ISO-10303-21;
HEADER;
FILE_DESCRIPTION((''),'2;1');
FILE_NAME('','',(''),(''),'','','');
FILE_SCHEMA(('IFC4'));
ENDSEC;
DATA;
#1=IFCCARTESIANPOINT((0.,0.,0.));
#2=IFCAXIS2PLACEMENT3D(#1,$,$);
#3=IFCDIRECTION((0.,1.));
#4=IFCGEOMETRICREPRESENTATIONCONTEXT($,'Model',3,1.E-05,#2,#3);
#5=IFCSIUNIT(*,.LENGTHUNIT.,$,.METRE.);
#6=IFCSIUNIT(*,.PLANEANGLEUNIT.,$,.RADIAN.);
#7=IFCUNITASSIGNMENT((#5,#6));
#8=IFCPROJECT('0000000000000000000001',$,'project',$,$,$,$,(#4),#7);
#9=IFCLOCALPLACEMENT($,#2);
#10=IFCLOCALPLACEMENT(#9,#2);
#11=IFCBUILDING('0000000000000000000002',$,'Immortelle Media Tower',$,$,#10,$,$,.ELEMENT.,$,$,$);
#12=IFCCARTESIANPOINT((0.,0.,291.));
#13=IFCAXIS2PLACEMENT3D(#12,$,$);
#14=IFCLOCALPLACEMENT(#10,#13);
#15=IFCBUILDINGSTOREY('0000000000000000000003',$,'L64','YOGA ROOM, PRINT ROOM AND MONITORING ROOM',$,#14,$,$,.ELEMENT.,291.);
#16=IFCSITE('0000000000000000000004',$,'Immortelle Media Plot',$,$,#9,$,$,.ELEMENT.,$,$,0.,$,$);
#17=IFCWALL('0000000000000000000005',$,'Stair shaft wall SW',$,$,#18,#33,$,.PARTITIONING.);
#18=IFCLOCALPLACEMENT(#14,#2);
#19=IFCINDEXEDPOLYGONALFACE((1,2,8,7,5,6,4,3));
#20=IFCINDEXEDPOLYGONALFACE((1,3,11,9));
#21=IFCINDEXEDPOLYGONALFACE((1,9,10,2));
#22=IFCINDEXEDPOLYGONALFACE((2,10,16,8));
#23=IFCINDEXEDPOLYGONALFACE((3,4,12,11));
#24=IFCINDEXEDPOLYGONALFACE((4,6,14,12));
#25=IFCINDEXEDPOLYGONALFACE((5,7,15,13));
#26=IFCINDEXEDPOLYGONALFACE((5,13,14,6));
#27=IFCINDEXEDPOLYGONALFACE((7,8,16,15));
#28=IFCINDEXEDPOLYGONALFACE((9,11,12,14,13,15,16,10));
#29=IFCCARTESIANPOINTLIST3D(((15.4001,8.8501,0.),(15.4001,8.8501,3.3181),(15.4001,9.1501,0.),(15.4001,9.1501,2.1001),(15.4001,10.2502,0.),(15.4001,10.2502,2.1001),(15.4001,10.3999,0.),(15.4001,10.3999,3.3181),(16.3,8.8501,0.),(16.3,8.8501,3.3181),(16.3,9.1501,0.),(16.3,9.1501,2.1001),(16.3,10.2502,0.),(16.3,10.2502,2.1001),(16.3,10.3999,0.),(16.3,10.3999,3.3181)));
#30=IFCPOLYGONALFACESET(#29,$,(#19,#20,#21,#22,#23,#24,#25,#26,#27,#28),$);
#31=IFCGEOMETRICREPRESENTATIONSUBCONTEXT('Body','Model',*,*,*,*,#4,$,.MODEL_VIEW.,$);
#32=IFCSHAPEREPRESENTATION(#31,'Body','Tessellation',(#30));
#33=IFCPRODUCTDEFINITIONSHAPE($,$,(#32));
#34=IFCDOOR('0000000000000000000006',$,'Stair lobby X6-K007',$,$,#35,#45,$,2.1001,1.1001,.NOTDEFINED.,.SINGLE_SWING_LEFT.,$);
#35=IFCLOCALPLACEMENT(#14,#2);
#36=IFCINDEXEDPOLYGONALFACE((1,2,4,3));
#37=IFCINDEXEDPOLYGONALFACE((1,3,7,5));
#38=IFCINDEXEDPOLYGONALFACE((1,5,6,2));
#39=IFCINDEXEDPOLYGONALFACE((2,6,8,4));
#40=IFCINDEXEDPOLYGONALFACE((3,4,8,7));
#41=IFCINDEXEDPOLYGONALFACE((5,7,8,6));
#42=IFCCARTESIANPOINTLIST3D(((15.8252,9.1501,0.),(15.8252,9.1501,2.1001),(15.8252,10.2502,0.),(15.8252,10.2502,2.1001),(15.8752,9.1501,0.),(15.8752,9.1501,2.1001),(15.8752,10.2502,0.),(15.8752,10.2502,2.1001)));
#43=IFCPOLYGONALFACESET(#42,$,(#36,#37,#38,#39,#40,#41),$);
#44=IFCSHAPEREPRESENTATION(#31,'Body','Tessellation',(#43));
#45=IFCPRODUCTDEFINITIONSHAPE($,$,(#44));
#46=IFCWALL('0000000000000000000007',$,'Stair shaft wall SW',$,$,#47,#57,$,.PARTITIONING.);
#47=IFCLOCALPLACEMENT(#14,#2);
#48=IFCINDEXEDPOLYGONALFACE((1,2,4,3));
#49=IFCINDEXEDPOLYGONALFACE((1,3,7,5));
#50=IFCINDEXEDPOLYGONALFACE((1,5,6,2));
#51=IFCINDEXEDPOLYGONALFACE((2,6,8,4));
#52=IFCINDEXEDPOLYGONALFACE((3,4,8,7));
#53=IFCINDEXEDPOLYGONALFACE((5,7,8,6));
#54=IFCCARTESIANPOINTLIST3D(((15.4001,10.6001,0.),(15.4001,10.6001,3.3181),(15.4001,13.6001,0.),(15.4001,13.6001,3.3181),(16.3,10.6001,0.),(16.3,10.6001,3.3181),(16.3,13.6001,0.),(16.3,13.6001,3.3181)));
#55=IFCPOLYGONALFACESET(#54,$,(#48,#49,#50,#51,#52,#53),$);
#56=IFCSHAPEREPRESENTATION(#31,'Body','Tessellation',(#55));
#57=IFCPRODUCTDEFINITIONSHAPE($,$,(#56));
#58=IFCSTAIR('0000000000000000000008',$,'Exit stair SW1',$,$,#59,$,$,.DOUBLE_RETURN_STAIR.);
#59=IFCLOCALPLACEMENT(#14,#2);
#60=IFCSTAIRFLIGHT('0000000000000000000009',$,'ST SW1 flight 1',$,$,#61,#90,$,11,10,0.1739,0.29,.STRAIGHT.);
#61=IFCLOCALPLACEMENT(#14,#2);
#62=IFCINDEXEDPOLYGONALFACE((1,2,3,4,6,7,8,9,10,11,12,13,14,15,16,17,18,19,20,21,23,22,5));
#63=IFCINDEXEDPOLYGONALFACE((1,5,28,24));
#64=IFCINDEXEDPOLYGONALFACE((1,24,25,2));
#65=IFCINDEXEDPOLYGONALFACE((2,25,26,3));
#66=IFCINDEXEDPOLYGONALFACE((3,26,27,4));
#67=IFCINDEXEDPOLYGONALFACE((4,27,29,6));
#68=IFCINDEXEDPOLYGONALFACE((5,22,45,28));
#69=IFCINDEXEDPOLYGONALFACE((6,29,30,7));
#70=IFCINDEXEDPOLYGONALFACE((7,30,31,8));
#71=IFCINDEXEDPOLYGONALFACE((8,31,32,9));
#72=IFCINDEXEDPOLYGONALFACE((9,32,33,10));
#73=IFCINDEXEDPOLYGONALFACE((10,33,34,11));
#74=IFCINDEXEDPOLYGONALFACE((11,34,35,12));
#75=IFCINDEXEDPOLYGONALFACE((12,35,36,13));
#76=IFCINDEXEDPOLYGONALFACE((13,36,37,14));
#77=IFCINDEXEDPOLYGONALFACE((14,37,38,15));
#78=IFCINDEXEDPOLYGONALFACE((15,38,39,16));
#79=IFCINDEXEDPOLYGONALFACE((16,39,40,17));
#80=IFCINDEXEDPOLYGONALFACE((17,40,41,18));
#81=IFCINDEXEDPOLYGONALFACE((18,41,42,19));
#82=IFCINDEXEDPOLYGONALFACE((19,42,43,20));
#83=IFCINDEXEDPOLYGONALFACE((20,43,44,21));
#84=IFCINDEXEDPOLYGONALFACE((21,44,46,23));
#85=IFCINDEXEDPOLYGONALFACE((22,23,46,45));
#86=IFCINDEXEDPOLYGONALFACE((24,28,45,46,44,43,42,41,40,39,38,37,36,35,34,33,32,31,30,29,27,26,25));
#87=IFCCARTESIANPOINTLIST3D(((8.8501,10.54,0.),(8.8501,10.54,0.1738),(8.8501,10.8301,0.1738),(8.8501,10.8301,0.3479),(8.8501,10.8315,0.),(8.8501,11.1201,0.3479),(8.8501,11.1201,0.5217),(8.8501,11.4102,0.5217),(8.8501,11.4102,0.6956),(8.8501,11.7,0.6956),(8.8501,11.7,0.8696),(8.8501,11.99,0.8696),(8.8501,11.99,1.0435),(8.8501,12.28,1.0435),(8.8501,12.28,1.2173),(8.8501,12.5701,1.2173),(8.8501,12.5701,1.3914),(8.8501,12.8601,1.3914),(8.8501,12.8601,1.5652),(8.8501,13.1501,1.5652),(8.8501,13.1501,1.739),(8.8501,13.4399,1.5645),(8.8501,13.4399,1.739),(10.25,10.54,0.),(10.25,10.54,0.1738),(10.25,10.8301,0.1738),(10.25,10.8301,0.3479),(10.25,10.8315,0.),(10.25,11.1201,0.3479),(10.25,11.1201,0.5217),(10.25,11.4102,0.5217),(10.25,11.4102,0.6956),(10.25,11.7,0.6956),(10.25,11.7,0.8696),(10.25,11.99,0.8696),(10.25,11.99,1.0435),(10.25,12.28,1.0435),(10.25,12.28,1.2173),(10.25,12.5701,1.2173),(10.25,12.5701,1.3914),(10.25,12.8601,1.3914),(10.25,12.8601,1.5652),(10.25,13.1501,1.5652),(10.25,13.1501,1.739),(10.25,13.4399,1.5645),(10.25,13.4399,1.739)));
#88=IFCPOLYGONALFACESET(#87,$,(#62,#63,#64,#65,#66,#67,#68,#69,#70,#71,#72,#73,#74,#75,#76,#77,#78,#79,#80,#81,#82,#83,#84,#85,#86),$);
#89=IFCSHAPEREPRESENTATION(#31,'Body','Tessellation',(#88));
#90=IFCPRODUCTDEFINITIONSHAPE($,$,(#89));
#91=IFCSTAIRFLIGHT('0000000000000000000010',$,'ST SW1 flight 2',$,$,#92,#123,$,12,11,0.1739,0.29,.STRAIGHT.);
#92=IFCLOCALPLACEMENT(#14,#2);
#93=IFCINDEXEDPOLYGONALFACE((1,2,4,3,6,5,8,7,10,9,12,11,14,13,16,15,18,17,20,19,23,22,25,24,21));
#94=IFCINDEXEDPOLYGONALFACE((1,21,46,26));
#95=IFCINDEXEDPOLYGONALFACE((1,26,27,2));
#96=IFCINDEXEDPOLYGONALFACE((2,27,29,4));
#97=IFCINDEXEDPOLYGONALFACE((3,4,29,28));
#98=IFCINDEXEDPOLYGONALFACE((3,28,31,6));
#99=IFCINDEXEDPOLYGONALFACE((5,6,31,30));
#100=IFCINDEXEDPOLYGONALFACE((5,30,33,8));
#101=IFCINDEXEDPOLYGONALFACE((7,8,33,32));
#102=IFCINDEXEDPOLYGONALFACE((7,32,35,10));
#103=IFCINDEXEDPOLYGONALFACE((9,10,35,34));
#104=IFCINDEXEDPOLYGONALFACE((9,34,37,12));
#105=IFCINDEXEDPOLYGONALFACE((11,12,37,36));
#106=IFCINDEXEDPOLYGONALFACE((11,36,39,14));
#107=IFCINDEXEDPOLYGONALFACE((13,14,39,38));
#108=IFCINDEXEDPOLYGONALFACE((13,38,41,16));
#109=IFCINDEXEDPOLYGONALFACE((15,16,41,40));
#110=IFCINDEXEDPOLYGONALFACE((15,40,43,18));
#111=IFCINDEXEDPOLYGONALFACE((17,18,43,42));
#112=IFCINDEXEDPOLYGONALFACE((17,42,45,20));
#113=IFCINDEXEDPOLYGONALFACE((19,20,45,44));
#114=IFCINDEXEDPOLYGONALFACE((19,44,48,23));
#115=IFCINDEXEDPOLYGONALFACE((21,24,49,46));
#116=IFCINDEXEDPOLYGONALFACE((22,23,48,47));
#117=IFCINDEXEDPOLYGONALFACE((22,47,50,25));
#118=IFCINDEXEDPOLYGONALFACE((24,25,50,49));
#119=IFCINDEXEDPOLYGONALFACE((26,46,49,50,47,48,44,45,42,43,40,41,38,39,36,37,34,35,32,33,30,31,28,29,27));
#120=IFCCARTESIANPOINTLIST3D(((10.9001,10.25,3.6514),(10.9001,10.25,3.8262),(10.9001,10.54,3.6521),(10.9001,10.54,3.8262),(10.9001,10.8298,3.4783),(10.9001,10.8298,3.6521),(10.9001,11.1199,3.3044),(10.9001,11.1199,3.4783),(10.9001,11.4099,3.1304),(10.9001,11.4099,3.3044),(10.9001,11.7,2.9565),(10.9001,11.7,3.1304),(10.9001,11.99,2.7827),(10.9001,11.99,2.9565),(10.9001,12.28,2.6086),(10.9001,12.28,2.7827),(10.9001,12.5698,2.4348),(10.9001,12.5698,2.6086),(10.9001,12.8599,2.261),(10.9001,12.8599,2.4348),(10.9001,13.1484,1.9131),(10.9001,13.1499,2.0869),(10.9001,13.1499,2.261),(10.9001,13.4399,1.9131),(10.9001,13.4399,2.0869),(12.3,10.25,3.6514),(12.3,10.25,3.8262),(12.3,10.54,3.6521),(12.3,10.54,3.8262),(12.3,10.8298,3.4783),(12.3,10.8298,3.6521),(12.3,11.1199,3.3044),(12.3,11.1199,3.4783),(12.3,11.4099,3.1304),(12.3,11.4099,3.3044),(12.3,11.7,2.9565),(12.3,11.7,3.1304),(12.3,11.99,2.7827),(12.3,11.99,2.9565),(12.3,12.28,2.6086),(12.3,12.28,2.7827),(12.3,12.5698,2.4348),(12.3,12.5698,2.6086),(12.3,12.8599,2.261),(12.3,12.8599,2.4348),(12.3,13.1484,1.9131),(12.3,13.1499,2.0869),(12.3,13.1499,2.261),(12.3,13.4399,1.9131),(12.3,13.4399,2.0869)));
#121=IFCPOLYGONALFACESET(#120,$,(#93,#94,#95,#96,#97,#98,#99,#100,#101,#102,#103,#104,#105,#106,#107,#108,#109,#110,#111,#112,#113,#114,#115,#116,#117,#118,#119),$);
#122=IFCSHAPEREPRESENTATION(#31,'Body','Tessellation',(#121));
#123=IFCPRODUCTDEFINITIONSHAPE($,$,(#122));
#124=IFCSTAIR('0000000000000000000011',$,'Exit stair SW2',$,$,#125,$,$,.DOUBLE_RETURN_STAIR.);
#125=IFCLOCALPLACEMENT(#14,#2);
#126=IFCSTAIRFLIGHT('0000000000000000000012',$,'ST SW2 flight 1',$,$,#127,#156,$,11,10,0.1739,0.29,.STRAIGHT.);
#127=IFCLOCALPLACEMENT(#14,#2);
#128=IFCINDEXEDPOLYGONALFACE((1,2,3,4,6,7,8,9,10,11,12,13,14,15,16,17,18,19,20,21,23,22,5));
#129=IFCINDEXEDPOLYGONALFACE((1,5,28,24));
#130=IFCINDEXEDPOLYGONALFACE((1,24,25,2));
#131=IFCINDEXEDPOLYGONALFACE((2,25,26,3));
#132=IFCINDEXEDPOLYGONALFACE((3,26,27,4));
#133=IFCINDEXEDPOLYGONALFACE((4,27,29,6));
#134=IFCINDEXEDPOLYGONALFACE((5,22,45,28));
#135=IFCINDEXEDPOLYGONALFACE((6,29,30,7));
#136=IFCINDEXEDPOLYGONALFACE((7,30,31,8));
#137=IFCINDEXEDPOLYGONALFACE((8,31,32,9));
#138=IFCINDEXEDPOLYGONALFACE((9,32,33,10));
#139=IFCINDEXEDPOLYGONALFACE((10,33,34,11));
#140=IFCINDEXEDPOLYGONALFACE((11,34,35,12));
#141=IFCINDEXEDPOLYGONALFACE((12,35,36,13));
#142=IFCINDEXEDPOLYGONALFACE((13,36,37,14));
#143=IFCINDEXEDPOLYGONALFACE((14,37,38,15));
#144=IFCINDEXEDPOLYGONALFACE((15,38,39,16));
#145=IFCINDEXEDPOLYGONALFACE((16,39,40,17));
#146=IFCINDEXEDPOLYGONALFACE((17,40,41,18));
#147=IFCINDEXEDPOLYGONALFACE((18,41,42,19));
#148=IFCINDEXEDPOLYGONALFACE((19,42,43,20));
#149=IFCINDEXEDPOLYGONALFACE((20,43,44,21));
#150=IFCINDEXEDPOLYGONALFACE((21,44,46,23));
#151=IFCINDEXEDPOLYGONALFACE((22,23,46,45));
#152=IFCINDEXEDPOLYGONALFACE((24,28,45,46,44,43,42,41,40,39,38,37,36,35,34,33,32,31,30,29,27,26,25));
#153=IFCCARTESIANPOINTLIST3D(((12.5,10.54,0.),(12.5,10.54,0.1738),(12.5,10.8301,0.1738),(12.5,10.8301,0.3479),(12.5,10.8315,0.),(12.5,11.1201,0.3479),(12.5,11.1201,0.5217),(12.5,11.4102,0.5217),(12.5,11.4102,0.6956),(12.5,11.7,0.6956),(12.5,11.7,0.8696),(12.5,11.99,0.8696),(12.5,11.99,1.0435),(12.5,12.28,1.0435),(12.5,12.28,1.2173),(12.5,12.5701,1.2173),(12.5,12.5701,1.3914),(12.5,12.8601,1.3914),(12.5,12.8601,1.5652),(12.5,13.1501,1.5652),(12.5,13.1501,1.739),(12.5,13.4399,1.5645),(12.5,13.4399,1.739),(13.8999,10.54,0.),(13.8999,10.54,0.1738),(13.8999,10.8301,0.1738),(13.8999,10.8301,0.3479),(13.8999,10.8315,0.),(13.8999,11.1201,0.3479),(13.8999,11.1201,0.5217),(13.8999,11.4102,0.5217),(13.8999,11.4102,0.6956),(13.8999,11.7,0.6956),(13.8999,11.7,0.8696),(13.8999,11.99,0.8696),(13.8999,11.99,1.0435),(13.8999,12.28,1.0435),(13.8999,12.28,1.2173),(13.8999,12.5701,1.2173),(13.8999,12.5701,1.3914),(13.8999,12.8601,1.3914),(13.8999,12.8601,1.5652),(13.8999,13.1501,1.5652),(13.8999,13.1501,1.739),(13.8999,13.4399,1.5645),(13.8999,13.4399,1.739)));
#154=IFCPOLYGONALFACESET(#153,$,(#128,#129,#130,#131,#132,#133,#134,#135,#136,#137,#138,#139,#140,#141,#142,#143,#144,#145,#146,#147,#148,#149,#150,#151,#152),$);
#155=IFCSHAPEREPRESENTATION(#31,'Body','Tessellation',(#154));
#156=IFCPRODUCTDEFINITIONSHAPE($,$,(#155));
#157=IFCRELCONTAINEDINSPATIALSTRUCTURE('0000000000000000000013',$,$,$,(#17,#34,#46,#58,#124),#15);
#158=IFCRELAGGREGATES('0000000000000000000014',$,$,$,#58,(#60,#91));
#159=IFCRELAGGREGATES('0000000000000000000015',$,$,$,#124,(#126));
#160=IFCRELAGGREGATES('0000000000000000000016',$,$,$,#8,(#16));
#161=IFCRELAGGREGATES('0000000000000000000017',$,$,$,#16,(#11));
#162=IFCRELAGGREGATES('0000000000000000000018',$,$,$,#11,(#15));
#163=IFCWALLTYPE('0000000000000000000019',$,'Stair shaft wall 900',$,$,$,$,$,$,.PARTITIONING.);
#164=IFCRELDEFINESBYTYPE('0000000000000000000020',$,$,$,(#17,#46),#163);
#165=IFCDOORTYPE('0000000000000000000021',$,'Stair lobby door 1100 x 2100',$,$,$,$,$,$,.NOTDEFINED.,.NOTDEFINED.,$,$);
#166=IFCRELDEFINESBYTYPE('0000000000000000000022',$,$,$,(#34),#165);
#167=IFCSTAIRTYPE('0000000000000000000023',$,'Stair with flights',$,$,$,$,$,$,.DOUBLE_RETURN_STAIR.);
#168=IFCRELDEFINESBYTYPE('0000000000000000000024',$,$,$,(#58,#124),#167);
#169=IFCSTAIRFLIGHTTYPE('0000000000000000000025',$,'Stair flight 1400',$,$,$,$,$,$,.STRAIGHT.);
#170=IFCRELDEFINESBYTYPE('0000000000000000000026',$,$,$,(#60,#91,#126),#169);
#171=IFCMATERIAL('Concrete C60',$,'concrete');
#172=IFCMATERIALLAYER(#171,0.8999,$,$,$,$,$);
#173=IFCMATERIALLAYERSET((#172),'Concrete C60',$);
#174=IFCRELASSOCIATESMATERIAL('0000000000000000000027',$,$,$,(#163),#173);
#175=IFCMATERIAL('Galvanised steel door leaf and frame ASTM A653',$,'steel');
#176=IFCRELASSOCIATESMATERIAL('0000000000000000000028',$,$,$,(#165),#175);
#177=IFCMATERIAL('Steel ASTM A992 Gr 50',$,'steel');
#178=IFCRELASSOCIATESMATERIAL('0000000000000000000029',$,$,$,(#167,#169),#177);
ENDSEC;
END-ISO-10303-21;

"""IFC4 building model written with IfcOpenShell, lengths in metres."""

from ifc_helpers import new_model, si_unit, direction, frame, frame_2d, origin, place, context, subcontext, project, spatial, polyline, rectangle, outline, extrude, material, layer, layer_set, type_object, element, fill, aggregate, save


model = new_model("IFC4")

# Units and contexts
model_context = context("Model", 3, precision=1e-05, world=origin(), true_north=direction((0.0, 1.0)))
body_context = subcontext(model_context, "Body", "Model", "MODEL_VIEW")
ifc_project = project(units=[si_unit("LENGTHUNIT", "METRE"), si_unit("PLANEANGLEUNIT", "RADIAN")], contexts=[model_context])

# Site, building, storey
site_placement = place(None, origin())
site = spatial("IfcSite", under=ifc_project, at=site_placement, Name="Immortelle Media Plot", CompositionType="ELEMENT", RefElevation=0.0)
building_placement = place(site_placement, origin())
building = spatial("IfcBuilding", under=site, at=building_placement, Name="Immortelle Media Tower", CompositionType="ELEMENT")
storey_placement = place(building_placement, frame((0.0, 0.0, 291.0)))
storey = spatial("IfcBuildingStorey", under=building, at=storey_placement, Name="L64", Description="YOGA ROOM, PRINT ROOM AND MONITORING ROOM", CompositionType="ELEMENT", Elevation=291.0)

# Shared definitions
ifc_material_1 = material(Name="Steel ASTM A992 Gr 50", Category="steel")

# Shared definitions
ifc_material_2 = material(Name="Concrete C60", Category="concrete")

# Shared definitions
ifc_material_3 = material(Name="Galvanised steel door leaf and frame ASTM A653", Category="steel")

# Wall, opening, door
ifc_layer_1 = layer(ifc_material_2, 0.8999)
ifc_layer_set_1 = layer_set([ifc_layer_1], Name="Concrete C60")
wall_type_1 = type_object("IfcWallType", Name="Stair shaft wall 900", PredefinedType="PARTITIONING", material=ifc_layer_set_1)
wall_1_placement = place(storey_placement, frame((15.8501, 8.8501, 0.0), z_axis=(0.0, 0.0, 1.0), x_axis=(0.0, 1.0, 0.0)))
wall_1 = element("IfcWall", 1, at=wall_1_placement, inside=storey, type_object=wall_type_1, Name="Stair shaft wall SW", PredefinedType="PARTITIONING", context=body_context, shape_type="SweptSolid", body=[
    extrude(rectangle(XDim=1.5498, YDim=0.8999, at=frame_2d((0.7749, 0.0))), origin(), (0.0, 0.0, 1.0), 3.3181),
])
opening_1_placement = place(wall_1_placement, frame((0.3, 0.0, 0.0)))
opening_1 = element("IfcOpeningElement", 2, at=opening_1_placement, cuts=wall_1, PredefinedType="OPENING", context=body_context, shape_type="SweptSolid", body=[
    extrude(rectangle(XDim=1.1001, YDim=2.1001, at=frame_2d((0.55, 1.05))), frame((0.0, 0.46, 0.0), z_axis=(0.0, -1.0, 0.0), x_axis=(1.0, 0.0, 0.0)), (0.0, 0.0, 1.0), 0.9199),
])
door_type_1 = type_object("IfcDoorType", Name="Stair lobby door 1100 x 2100", OperationType="NOTDEFINED", PredefinedType="NOTDEFINED", material=ifc_material_3)
door_1_placement = place(opening_1_placement, origin())
door_1 = element("IfcDoor", 3, at=door_1_placement, inside=storey, type_object=door_type_1, Name="Stair lobby X6-K007", OperationType="SINGLE_SWING_LEFT", OverallHeight=2.1001, OverallWidth=1.1001, PredefinedType="NOTDEFINED", context=body_context, shape_type="SweptSolid", body=[
    extrude(rectangle(XDim=1.1001, YDim=2.1001, at=frame_2d((0.55, 1.05))), frame((0.0, 0.0249, 0.0), z_axis=(0.0, -1.0, 0.0), x_axis=(1.0, 0.0, 0.0)), (0.0, 0.0, 1.0), 0.05),
])
fill(opening_1, door_1)

# Wall
wall_2_placement = place(storey_placement, frame((15.8501, 10.6001, 0.0), z_axis=(0.0, 0.0, 1.0), x_axis=(0.0, 1.0, 0.0)))
element("IfcWall", 4, at=wall_2_placement, inside=storey, type_object=wall_type_1, Name="Stair shaft wall SW", PredefinedType="PARTITIONING", context=body_context, shape_type="SweptSolid", body=[
    extrude(rectangle(XDim=3.0, YDim=0.8999, at=frame_2d((1.5, 0.0))), origin(), (0.0, 0.0, 1.0), 3.3181),
])

# Stairs, stair flights
stair_type = type_object("IfcStairType", Name="Stair with flights", PredefinedType="DOUBLE_RETURN_STAIR", material=ifc_material_1)
stair_1_placement = place(storey_placement, origin())
stair_1 = element("IfcStair", 5, at=stair_1_placement, inside=storey, type_object=stair_type, Name="Exit stair SW1", PredefinedType="DOUBLE_RETURN_STAIR")
stair_flight_type = type_object("IfcStairFlightType", Name="Stair flight 1400", PredefinedType="STRAIGHT", material=ifc_material_1)
stair_flight_1_placement = place(storey_placement, frame((9.55, 10.54, 0.0), z_axis=(0.0, 0.0, 1.0), x_axis=(0.0, 1.0, 0.0)))
stair_flight_1 = element("IfcStairFlight", 6, at=stair_flight_1_placement, type_object=stair_flight_type, Name="ST SW1 flight 1", NumberOfRisers=11, NumberOfTreads=10, PredefinedType="STRAIGHT", RiserHeight=0.1739, TreadLength=0.29, context=body_context, shape_type="SweptSolid", body=[
    extrude(outline(polyline([(0.0, 0.0), (0.0, 0.1738), (0.29, 0.1738), (0.29, 0.3479), (0.5801, 0.3479), (0.5801, 0.5217), (0.8701, 0.5217), (0.8701, 0.6956), (1.1599, 0.6956), (1.1599, 0.8696), (1.45, 0.8696), (1.45, 1.0435), (1.74, 1.0435), (1.74, 1.2173), (2.03, 1.2173), (2.03, 1.3914), (2.3201, 1.3914), (2.3201, 1.5652), (2.6101, 1.5652), (2.6101, 1.739), (2.8999, 1.739), (2.8999, 1.9131), (2.8999, 1.5645), (0.2915, 0.0), (0.0, 0.0)])), frame((0.0, 0.7, 0.0), z_axis=(0.0, -1.0, 0.0), x_axis=(1.0, 0.0, 0.0)), (0.0, 0.0, 1.0), 1.3999),
])
stair_flight_2_placement = place(storey_placement, frame((11.6001, 13.4399, 1.9131), z_axis=(0.0, 0.0, 1.0), x_axis=(0.0, -1.0, 0.0)))
stair_flight_2 = element("IfcStairFlight", 7, at=stair_flight_2_placement, type_object=stair_flight_type, Name="ST SW1 flight 2", NumberOfRisers=12, NumberOfTreads=11, PredefinedType="STRAIGHT", RiserHeight=0.1739, TreadLength=0.29, context=body_context, shape_type="SweptSolid", body=[
    extrude(outline(polyline([(0.0, 0.0), (0.0, 0.1738), (0.29, 0.1738), (0.29, 0.3479), (0.5801, 0.3479), (0.5801, 0.5217), (0.8701, 0.5217), (0.8701, 0.6956), (1.1599, 0.6956), (1.1599, 0.8696), (1.45, 0.8696), (1.45, 1.0435), (1.74, 1.0435), (1.74, 1.2173), (2.03, 1.2173), (2.03, 1.3914), (2.3201, 1.3914), (2.3201, 1.5652), (2.6101, 1.5652), (2.6101, 1.739), (2.8999, 1.739), (2.8999, 1.9131), (3.1899, 1.9131), (3.1899, 2.0869), (3.1899, 1.7383), (0.2915, 0.0), (0.0, 0.0)])), frame((0.0, 0.7, 0.0), z_axis=(0.0, -1.0, 0.0), x_axis=(1.0, 0.0, 0.0)), (0.0, 0.0, 1.0), 1.3999),
])
aggregate(stair_1, [stair_flight_1, stair_flight_2])
stair_2_placement = place(storey_placement, origin())
stair_2 = element("IfcStair", 8, at=stair_2_placement, inside=storey, type_object=stair_type, Name="Exit stair SW2", PredefinedType="DOUBLE_RETURN_STAIR")
stair_flight_3_placement = place(storey_placement, frame((13.2, 10.54, 0.0), z_axis=(0.0, 0.0, 1.0), x_axis=(0.0, 1.0, 0.0)))
stair_flight_3 = element("IfcStairFlight", 9, at=stair_flight_3_placement, type_object=stair_flight_type, Name="ST SW2 flight 1", NumberOfRisers=11, NumberOfTreads=10, PredefinedType="STRAIGHT", RiserHeight=0.1739, TreadLength=0.29, context=body_context, shape_type="SweptSolid", body=[
    extrude(outline(polyline([(0.0, 0.0), (0.0, 0.1738), (0.29, 0.1738), (0.29, 0.3479), (0.5801, 0.3479), (0.5801, 0.5217), (0.8701, 0.5217), (0.8701, 0.6956), (1.1599, 0.6956), (1.1599, 0.8696), (1.45, 0.8696), (1.45, 1.0435), (1.74, 1.0435), (1.74, 1.2173), (2.03, 1.2173), (2.03, 1.3914), (2.3201, 1.3914), (2.3201, 1.5652), (2.6101, 1.5652), (2.6101, 1.739), (2.8999, 1.739), (2.8999, 1.9131), (2.8999, 1.5645), (0.2915, 0.0), (0.0, 0.0)])), frame((0.0, 0.7, 0.0), z_axis=(0.0, -1.0, 0.0), x_axis=(1.0, 0.0, 0.0)), (0.0, 0.0, 1.0), 1.3999),
])
aggregate(stair_2, [stair_flight_3])

save(model, "model.ifc")
